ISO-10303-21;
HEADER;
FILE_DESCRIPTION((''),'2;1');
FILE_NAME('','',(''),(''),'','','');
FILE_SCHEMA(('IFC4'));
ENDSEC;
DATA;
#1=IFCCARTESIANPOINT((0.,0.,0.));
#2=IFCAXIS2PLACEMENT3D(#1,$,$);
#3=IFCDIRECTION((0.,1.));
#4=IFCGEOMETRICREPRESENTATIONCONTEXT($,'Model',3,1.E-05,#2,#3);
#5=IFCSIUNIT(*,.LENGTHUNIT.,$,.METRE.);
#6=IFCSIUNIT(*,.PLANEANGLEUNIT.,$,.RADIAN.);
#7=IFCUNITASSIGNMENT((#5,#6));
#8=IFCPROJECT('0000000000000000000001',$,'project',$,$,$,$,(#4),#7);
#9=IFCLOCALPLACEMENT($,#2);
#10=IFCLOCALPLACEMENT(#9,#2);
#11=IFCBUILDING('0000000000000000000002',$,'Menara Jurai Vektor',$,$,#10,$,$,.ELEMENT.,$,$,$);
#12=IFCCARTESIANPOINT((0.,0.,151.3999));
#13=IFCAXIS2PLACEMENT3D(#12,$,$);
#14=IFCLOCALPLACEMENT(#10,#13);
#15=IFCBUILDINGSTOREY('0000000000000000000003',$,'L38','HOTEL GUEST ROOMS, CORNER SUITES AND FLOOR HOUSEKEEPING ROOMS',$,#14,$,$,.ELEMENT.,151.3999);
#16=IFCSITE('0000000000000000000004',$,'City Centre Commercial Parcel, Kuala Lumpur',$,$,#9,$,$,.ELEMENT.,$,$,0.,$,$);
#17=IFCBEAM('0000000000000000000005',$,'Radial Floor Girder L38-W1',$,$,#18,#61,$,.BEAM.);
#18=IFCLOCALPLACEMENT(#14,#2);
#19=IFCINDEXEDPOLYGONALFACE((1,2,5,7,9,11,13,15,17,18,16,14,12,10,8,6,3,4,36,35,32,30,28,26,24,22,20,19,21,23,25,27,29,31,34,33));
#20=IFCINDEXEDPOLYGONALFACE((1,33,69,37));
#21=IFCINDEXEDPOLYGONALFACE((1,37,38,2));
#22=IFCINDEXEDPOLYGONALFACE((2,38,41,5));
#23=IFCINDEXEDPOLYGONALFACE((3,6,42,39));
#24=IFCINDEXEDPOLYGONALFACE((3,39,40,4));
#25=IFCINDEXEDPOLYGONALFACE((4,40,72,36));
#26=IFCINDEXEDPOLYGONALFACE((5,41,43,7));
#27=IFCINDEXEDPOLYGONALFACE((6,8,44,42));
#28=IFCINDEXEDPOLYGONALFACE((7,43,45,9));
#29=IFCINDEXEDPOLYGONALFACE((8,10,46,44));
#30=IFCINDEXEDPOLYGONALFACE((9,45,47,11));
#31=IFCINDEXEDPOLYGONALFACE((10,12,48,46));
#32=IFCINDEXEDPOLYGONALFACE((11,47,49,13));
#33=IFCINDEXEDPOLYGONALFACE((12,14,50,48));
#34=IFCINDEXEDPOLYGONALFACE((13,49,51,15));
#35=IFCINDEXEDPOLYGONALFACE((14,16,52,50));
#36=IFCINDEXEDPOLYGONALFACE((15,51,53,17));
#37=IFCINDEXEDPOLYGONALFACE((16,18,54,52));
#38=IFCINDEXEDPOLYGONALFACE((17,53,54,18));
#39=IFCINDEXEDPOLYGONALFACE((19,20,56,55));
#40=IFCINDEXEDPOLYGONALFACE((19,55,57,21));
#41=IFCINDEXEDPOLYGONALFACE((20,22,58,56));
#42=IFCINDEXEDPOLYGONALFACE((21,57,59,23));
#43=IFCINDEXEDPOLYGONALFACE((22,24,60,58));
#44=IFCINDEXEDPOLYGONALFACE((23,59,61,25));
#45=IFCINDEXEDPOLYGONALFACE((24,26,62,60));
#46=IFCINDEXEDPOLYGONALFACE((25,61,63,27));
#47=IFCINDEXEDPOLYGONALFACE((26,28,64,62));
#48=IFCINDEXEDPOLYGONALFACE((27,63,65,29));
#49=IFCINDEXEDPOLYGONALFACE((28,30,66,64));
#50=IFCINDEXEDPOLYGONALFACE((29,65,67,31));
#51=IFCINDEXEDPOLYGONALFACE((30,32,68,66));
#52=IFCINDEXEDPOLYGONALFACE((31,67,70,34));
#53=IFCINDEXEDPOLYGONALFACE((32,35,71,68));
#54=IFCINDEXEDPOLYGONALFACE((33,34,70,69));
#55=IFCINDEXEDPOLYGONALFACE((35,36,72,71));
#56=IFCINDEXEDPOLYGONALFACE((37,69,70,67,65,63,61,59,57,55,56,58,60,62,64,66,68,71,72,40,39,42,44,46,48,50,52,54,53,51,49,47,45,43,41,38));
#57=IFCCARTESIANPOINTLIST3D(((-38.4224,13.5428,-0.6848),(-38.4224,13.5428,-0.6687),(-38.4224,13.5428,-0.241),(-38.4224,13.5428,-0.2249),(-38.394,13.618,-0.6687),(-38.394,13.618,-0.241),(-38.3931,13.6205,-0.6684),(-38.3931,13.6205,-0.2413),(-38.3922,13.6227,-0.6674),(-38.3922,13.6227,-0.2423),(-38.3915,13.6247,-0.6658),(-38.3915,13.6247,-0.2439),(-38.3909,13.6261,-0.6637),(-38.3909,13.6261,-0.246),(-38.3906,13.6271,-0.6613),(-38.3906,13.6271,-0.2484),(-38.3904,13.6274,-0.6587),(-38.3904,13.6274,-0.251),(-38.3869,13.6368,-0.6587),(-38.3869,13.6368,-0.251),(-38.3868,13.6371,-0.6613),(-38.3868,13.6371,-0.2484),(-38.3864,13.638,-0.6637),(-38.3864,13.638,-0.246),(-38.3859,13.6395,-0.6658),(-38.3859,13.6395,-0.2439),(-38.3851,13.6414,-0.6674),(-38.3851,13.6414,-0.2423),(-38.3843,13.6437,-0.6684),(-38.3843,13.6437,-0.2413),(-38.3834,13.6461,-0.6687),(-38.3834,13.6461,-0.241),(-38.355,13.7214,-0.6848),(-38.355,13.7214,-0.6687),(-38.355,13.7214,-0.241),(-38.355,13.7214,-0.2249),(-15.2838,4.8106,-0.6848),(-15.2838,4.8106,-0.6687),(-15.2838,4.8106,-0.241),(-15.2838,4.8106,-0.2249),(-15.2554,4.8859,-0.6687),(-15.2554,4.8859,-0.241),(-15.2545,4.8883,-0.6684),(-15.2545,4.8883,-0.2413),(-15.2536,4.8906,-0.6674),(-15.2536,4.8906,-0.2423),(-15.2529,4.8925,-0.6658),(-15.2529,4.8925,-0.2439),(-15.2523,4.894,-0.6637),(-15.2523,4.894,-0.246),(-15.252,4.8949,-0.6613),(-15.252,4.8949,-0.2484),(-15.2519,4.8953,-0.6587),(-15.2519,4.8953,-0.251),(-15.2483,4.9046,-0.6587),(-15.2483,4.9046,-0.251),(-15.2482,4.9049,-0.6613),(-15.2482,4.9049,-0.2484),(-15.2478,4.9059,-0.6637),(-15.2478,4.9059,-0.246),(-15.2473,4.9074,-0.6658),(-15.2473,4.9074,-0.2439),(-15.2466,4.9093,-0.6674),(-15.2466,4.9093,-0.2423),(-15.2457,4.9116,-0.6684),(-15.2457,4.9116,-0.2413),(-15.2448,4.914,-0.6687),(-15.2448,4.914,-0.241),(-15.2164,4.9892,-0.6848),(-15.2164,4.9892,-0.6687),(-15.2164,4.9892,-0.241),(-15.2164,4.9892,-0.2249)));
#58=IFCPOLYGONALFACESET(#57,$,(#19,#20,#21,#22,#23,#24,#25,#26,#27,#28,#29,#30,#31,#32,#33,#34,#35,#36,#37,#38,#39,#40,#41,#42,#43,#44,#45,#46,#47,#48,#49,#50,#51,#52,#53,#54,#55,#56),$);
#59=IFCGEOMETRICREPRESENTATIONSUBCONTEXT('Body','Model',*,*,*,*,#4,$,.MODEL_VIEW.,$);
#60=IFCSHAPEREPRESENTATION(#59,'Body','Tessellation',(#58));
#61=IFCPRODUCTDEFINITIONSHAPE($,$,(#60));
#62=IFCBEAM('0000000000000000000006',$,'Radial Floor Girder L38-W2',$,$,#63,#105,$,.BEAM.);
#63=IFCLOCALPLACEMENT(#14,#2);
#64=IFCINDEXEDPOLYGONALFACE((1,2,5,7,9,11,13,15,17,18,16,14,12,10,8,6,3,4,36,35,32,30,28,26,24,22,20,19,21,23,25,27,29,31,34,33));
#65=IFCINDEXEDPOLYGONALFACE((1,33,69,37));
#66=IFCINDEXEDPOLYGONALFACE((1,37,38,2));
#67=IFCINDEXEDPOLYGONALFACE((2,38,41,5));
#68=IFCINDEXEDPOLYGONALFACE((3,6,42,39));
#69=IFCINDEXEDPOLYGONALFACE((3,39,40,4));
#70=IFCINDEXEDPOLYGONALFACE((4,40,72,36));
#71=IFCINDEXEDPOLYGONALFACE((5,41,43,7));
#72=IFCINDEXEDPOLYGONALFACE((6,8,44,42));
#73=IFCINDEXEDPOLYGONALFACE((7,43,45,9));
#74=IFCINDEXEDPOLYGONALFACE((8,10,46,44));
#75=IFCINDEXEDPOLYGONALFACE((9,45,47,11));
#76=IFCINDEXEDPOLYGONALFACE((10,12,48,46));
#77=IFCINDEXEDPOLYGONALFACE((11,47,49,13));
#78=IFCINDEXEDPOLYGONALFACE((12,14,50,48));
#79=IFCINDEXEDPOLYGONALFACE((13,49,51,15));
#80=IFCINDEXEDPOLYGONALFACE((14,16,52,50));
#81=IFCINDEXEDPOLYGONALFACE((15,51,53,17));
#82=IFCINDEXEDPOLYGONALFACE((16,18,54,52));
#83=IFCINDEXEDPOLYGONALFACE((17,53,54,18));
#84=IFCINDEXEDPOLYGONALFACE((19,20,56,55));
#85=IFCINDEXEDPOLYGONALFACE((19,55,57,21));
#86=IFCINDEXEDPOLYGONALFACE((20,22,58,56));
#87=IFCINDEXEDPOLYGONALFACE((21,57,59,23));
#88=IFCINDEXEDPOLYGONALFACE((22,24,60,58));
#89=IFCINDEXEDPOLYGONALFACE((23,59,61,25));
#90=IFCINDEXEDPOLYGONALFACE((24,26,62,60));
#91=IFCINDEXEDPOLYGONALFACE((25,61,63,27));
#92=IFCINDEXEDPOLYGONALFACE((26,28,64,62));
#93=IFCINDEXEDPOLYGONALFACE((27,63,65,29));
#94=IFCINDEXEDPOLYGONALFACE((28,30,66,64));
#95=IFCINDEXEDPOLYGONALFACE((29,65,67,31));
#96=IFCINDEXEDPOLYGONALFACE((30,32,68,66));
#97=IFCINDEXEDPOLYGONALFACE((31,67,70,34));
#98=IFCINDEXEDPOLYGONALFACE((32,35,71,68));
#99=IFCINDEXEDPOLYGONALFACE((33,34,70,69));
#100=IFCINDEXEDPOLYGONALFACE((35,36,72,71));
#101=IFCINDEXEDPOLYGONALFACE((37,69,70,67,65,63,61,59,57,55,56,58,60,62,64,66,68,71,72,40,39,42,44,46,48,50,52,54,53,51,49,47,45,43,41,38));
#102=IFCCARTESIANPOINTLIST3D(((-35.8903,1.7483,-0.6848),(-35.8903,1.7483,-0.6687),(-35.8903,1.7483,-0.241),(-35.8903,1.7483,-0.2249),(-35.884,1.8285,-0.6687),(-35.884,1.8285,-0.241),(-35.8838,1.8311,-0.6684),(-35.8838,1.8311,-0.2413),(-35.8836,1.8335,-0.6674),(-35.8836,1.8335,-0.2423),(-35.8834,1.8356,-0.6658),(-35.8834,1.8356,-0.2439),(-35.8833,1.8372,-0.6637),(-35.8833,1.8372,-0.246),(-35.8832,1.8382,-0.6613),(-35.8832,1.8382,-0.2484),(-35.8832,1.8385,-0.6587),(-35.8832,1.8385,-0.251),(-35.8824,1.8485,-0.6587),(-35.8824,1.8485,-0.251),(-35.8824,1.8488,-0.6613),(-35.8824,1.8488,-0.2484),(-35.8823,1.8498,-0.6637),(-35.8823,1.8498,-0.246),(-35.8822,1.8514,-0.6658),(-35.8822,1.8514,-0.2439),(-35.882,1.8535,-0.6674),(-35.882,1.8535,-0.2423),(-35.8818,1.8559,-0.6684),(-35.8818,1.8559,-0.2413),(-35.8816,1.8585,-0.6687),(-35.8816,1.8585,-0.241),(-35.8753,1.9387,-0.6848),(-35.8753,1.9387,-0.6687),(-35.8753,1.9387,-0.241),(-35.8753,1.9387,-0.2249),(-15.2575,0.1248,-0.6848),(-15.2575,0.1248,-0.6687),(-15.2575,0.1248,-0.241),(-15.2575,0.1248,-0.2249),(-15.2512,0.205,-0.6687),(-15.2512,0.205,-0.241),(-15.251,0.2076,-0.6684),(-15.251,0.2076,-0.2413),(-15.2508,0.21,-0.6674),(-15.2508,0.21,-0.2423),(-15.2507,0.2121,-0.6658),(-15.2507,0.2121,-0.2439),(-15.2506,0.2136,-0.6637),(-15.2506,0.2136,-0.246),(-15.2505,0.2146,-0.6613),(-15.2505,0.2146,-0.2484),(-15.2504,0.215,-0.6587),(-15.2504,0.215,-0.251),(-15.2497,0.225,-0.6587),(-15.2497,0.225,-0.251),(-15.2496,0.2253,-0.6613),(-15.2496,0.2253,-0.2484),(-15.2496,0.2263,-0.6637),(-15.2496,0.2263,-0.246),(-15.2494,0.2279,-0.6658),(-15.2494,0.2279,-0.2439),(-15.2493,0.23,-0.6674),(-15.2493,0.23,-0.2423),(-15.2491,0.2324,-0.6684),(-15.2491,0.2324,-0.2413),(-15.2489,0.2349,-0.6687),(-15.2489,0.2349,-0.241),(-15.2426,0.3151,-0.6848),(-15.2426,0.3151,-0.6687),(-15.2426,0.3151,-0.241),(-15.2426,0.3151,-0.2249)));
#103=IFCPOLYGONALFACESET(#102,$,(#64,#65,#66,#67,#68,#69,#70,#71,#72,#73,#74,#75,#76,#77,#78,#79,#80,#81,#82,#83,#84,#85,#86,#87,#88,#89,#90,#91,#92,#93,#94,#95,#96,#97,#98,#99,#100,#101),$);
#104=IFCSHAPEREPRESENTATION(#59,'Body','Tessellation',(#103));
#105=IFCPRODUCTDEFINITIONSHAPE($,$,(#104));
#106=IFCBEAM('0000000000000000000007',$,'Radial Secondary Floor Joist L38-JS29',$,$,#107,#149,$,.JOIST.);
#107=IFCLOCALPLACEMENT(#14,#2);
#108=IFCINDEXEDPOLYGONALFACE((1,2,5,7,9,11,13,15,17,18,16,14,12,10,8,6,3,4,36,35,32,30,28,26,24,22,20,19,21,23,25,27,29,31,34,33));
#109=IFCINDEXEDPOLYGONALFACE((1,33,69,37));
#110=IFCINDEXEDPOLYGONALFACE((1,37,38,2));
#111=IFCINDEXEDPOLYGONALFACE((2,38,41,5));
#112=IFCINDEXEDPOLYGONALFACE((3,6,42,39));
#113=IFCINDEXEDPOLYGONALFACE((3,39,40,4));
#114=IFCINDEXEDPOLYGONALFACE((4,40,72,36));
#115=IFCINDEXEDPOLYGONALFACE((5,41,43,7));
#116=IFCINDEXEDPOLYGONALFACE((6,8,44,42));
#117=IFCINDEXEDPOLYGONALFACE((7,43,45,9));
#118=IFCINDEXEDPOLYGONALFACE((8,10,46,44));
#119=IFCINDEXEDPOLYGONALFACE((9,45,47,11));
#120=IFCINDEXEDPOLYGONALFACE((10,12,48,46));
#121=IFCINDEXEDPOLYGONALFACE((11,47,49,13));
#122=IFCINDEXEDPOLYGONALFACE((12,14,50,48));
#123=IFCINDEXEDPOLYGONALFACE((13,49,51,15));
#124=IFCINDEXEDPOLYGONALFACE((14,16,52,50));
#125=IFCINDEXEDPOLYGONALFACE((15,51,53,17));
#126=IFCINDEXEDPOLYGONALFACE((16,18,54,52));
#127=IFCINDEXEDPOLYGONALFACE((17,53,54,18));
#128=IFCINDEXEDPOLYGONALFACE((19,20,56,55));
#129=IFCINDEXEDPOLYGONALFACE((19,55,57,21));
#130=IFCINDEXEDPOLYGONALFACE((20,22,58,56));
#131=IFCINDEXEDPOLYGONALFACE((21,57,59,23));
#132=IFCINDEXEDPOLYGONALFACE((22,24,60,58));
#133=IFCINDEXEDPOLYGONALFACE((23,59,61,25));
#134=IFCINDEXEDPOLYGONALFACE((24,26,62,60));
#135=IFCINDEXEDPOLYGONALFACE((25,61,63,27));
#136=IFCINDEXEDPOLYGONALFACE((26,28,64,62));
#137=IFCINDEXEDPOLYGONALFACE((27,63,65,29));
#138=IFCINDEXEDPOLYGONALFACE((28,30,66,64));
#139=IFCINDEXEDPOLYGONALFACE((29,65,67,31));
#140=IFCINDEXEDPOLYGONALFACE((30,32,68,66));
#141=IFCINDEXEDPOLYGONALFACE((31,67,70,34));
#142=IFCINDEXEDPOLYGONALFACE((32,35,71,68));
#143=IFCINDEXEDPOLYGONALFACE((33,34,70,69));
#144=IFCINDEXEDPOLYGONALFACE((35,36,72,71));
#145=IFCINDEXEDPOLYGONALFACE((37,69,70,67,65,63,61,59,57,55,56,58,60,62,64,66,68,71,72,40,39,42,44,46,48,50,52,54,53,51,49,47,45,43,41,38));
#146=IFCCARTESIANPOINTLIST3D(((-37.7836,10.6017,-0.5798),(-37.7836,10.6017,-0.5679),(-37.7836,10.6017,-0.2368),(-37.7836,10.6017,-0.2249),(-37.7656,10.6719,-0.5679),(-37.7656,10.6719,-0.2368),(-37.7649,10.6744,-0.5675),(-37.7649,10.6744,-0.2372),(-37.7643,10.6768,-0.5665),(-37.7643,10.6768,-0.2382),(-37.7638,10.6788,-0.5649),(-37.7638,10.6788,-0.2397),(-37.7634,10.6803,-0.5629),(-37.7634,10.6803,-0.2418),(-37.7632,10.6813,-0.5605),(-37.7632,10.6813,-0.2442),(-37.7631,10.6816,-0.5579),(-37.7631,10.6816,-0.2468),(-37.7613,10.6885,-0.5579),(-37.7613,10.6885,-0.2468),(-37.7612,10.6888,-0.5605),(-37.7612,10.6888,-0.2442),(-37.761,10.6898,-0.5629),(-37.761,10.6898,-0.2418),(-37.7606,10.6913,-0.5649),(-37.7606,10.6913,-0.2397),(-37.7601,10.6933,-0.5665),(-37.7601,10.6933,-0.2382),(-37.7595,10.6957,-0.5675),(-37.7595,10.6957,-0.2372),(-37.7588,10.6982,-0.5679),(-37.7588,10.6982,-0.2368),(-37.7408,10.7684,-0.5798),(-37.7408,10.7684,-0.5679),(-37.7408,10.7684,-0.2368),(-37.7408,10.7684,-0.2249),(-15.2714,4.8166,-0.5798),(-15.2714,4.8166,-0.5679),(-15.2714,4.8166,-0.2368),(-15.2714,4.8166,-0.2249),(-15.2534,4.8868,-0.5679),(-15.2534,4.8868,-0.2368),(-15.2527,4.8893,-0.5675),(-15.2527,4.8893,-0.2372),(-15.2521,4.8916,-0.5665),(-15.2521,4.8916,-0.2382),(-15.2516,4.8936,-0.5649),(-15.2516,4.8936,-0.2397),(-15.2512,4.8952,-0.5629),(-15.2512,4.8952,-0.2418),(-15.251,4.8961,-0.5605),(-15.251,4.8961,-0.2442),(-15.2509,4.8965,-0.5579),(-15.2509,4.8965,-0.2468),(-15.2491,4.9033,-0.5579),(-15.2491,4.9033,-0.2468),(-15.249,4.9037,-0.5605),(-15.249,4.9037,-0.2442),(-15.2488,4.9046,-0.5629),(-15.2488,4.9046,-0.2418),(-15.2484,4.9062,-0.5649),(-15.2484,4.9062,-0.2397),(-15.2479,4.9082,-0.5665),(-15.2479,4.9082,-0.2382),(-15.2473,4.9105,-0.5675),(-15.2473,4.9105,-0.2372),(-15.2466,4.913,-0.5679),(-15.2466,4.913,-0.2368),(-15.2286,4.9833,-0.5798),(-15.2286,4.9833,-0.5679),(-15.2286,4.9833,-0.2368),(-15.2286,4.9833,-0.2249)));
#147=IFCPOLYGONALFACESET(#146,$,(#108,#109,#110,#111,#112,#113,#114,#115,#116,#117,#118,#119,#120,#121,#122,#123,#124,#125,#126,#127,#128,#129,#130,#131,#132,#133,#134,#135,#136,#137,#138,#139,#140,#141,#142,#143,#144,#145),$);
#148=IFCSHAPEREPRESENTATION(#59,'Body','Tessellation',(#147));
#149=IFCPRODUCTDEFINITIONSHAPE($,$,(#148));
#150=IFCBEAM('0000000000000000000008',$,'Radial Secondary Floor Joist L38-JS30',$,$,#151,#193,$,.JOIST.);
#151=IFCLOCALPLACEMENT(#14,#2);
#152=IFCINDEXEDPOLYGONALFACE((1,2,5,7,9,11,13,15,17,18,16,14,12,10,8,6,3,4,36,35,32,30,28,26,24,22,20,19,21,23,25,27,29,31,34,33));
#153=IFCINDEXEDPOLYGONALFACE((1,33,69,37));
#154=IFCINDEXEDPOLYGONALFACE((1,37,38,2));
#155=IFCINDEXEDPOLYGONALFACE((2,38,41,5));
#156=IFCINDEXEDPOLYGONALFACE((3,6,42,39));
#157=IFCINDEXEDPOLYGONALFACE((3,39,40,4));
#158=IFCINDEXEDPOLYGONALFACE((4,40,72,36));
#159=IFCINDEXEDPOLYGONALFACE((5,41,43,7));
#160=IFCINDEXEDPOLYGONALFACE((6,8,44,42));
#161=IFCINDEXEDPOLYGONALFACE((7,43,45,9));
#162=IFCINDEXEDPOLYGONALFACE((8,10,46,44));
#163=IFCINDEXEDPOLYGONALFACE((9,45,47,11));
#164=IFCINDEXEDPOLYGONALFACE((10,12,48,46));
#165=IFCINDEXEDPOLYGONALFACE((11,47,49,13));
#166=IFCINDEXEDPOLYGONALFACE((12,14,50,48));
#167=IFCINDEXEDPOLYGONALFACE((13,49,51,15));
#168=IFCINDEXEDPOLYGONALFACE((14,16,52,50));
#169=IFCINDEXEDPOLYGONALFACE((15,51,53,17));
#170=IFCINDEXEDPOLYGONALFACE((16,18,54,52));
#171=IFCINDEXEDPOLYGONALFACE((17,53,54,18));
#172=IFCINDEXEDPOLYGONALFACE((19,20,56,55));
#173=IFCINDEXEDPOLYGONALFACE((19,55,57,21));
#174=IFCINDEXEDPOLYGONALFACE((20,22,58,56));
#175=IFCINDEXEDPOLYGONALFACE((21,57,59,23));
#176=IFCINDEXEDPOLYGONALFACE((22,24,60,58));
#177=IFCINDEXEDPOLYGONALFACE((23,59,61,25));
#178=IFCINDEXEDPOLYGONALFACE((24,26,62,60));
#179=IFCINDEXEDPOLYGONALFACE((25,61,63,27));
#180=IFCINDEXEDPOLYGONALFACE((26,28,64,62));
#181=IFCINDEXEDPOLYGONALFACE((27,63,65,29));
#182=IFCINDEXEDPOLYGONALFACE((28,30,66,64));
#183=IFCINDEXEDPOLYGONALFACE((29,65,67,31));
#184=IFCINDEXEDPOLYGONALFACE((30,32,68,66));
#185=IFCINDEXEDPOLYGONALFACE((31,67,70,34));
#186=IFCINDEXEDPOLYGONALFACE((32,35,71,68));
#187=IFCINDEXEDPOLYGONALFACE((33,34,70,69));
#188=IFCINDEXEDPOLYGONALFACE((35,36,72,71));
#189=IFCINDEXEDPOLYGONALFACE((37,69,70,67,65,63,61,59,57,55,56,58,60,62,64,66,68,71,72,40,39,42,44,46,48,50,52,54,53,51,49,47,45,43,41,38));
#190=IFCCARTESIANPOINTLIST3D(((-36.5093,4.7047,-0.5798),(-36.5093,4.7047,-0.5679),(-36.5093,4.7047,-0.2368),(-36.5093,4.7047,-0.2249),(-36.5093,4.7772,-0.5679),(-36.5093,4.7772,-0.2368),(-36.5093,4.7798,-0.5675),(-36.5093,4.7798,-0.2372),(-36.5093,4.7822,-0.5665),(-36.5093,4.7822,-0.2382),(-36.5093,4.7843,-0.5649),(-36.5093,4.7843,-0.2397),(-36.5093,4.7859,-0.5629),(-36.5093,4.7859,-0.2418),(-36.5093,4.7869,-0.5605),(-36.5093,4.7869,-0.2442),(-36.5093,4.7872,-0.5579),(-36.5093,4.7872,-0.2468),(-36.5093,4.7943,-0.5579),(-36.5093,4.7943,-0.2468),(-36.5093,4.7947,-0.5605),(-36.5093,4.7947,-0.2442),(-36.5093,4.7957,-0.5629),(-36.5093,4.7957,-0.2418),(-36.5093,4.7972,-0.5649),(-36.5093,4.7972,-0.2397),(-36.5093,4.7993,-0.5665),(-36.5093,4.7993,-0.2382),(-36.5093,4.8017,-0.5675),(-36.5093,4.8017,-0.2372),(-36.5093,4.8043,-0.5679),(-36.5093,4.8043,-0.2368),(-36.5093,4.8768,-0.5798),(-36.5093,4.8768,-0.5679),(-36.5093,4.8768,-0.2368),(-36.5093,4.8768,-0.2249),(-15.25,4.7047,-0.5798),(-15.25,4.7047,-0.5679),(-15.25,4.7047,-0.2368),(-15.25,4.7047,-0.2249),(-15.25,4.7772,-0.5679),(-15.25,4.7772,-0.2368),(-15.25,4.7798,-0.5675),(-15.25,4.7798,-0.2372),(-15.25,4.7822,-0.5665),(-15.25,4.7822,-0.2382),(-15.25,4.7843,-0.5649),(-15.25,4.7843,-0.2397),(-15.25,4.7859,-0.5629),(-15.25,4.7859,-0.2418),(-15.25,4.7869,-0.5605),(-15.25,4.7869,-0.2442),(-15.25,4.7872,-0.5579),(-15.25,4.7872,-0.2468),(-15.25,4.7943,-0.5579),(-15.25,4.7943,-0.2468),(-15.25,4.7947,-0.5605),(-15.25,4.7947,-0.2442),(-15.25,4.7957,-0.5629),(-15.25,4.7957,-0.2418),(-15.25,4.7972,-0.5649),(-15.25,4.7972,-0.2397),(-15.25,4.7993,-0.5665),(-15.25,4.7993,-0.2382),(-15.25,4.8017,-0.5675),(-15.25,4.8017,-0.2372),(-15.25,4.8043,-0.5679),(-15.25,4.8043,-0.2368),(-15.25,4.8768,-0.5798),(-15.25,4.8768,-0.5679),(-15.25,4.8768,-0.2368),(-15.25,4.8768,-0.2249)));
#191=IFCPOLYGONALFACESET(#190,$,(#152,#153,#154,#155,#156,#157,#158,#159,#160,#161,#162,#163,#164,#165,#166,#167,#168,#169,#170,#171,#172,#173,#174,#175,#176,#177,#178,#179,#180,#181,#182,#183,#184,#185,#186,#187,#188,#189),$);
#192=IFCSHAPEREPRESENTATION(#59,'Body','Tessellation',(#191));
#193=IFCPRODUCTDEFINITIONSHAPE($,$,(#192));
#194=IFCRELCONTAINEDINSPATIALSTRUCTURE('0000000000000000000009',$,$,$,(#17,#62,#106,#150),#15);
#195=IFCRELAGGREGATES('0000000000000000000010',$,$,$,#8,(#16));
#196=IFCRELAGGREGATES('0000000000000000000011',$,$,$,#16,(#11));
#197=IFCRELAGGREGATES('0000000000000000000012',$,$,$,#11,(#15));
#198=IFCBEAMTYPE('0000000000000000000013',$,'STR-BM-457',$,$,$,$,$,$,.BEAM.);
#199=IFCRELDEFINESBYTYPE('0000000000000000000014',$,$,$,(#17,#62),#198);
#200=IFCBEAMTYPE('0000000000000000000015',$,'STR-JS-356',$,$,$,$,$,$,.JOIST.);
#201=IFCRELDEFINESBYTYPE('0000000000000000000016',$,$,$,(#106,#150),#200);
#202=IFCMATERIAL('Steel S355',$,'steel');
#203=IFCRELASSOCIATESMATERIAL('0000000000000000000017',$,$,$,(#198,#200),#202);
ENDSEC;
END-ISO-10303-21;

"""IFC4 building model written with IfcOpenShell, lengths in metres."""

from ifc_helpers import new_model, si_unit, direction, frame, origin, origin_2d, place, context, subcontext, project, spatial, i_section, extrude, material, material_profile, profile_set, type_object, element, save


model = new_model("IFC4")

# Units and contexts
model_context = context("Model", 3, precision=1e-05, world=origin(), true_north=direction((0.0, 1.0)))
body_context = subcontext(model_context, "Body", "Model", "MODEL_VIEW")
ifc_project = project(units=[si_unit("LENGTHUNIT", "METRE"), si_unit("PLANEANGLEUNIT", "RADIAN")], contexts=[model_context])

# Site, building, storey
site_placement = place(None, origin())
site = spatial("IfcSite", under=ifc_project, at=site_placement, Name="City Centre Commercial Parcel, Kuala Lumpur", CompositionType="ELEMENT", RefElevation=0.0)
building_placement = place(site_placement, origin())
building = spatial("IfcBuilding", under=site, at=building_placement, Name="Menara Jurai Vektor", CompositionType="ELEMENT")
storey_placement = place(building_placement, frame((0.0, 0.0, 151.3999)))
storey = spatial("IfcBuildingStorey", under=building, at=storey_placement, Name="L38", Description="HOTEL GUEST ROOMS, CORNER SUITES AND FLOOR HOUSEKEEPING ROOMS", CompositionType="ELEMENT", Elevation=151.3999)

# Beams
ifc_material_1 = material(Name="Steel S355", Category="steel")
ifc_material_profile_1 = material_profile(ifc_material_1, i_section(OverallWidth=0.1909, OverallDepth=0.46, WebThickness=0.01, FlangeThickness=0.0161, FilletRadius=0.01, at=origin_2d()), Name="UKB 457x191x82")
ifc_profile_set_1 = profile_set([ifc_material_profile_1], Name="Steel S355")
beam_type_1 = type_object("IfcBeamType", Name="STR-BM-457", PredefinedType="BEAM", material=ifc_profile_set_1)
beam_1_placement = place(storey_placement, frame((-38.3887, 13.6321, -0.4548), z_axis=(0.935594, -0.353079, 0.0), x_axis=(0.353079, 0.935594, 0.0)))
element("IfcBeam", 1, at=beam_1_placement, inside=storey, type_object=beam_type_1, Name="Radial Floor Girder L38-W1", PredefinedType="BEAM", context=body_context, shape_type="SweptSolid", body=[
    extrude(i_section(OverallWidth=0.1909, OverallDepth=0.46, WebThickness=0.01, FlangeThickness=0.0161, FilletRadius=0.01, at=origin_2d()), origin(), (0.0, 0.0, 1.0), 24.7314),
])
beam_2_placement = place(storey_placement, frame((-35.8828, 1.8435, -0.4548), z_axis=(0.996918, -0.078445, 0.0), x_axis=(0.078445, 0.996918, 0.0)))
element("IfcBeam", 2, at=beam_2_placement, inside=storey, type_object=beam_type_1, Name="Radial Floor Girder L38-W2", PredefinedType="BEAM", context=body_context, shape_type="SweptSolid", body=[
    extrude(i_section(OverallWidth=0.1909, OverallDepth=0.46, WebThickness=0.01, FlangeThickness=0.0161, FilletRadius=0.01, at=origin_2d()), origin(), (0.0, 0.0, 1.0), 20.6965),
])
ifc_material_profile_2 = material_profile(ifc_material_1, i_section(OverallWidth=0.1721, OverallDepth=0.355, WebThickness=0.0071, FlangeThickness=0.012, FilletRadius=0.01, at=origin_2d()), Name="UKB 356x171x51")
ifc_profile_set_2 = profile_set([ifc_material_profile_2], Name="Steel S355")
beam_type_2 = type_object("IfcBeamType", Name="STR-JS-356", PredefinedType="JOIST", material=ifc_profile_set_2)
beam_3_placement = place(storey_placement, frame((-37.7622, 10.6851, -0.4023), z_axis=(0.968531, -0.248892, 0.0), x_axis=(0.248892, 0.968531, 0.0)))
element("IfcBeam", 3, at=beam_3_placement, inside=storey, type_object=beam_type_2, Name="Radial Secondary Floor Joist L38-JS29", PredefinedType="JOIST", context=body_context, shape_type="SweptSolid", body=[
    extrude(i_section(OverallWidth=0.1721, OverallDepth=0.355, WebThickness=0.0071, FlangeThickness=0.012, FilletRadius=0.01, at=origin_2d()), origin(), (0.0, 0.0, 1.0), 23.2437),
])
beam_4_placement = place(storey_placement, frame((-36.5093, 4.7908, -0.4023), z_axis=(1.0, 0.0, 0.0), x_axis=(0.0, 1.0, 0.0)))
element("IfcBeam", 4, at=beam_4_placement, inside=storey, type_object=beam_type_2, Name="Radial Secondary Floor Joist L38-JS30", PredefinedType="JOIST", context=body_context, shape_type="SweptSolid", body=[
    extrude(i_section(OverallWidth=0.1721, OverallDepth=0.355, WebThickness=0.0071, FlangeThickness=0.012, FilletRadius=0.01, at=origin_2d()), origin(), (0.0, 0.0, 1.0), 21.2593),
])

save(model, "model.ifc")
